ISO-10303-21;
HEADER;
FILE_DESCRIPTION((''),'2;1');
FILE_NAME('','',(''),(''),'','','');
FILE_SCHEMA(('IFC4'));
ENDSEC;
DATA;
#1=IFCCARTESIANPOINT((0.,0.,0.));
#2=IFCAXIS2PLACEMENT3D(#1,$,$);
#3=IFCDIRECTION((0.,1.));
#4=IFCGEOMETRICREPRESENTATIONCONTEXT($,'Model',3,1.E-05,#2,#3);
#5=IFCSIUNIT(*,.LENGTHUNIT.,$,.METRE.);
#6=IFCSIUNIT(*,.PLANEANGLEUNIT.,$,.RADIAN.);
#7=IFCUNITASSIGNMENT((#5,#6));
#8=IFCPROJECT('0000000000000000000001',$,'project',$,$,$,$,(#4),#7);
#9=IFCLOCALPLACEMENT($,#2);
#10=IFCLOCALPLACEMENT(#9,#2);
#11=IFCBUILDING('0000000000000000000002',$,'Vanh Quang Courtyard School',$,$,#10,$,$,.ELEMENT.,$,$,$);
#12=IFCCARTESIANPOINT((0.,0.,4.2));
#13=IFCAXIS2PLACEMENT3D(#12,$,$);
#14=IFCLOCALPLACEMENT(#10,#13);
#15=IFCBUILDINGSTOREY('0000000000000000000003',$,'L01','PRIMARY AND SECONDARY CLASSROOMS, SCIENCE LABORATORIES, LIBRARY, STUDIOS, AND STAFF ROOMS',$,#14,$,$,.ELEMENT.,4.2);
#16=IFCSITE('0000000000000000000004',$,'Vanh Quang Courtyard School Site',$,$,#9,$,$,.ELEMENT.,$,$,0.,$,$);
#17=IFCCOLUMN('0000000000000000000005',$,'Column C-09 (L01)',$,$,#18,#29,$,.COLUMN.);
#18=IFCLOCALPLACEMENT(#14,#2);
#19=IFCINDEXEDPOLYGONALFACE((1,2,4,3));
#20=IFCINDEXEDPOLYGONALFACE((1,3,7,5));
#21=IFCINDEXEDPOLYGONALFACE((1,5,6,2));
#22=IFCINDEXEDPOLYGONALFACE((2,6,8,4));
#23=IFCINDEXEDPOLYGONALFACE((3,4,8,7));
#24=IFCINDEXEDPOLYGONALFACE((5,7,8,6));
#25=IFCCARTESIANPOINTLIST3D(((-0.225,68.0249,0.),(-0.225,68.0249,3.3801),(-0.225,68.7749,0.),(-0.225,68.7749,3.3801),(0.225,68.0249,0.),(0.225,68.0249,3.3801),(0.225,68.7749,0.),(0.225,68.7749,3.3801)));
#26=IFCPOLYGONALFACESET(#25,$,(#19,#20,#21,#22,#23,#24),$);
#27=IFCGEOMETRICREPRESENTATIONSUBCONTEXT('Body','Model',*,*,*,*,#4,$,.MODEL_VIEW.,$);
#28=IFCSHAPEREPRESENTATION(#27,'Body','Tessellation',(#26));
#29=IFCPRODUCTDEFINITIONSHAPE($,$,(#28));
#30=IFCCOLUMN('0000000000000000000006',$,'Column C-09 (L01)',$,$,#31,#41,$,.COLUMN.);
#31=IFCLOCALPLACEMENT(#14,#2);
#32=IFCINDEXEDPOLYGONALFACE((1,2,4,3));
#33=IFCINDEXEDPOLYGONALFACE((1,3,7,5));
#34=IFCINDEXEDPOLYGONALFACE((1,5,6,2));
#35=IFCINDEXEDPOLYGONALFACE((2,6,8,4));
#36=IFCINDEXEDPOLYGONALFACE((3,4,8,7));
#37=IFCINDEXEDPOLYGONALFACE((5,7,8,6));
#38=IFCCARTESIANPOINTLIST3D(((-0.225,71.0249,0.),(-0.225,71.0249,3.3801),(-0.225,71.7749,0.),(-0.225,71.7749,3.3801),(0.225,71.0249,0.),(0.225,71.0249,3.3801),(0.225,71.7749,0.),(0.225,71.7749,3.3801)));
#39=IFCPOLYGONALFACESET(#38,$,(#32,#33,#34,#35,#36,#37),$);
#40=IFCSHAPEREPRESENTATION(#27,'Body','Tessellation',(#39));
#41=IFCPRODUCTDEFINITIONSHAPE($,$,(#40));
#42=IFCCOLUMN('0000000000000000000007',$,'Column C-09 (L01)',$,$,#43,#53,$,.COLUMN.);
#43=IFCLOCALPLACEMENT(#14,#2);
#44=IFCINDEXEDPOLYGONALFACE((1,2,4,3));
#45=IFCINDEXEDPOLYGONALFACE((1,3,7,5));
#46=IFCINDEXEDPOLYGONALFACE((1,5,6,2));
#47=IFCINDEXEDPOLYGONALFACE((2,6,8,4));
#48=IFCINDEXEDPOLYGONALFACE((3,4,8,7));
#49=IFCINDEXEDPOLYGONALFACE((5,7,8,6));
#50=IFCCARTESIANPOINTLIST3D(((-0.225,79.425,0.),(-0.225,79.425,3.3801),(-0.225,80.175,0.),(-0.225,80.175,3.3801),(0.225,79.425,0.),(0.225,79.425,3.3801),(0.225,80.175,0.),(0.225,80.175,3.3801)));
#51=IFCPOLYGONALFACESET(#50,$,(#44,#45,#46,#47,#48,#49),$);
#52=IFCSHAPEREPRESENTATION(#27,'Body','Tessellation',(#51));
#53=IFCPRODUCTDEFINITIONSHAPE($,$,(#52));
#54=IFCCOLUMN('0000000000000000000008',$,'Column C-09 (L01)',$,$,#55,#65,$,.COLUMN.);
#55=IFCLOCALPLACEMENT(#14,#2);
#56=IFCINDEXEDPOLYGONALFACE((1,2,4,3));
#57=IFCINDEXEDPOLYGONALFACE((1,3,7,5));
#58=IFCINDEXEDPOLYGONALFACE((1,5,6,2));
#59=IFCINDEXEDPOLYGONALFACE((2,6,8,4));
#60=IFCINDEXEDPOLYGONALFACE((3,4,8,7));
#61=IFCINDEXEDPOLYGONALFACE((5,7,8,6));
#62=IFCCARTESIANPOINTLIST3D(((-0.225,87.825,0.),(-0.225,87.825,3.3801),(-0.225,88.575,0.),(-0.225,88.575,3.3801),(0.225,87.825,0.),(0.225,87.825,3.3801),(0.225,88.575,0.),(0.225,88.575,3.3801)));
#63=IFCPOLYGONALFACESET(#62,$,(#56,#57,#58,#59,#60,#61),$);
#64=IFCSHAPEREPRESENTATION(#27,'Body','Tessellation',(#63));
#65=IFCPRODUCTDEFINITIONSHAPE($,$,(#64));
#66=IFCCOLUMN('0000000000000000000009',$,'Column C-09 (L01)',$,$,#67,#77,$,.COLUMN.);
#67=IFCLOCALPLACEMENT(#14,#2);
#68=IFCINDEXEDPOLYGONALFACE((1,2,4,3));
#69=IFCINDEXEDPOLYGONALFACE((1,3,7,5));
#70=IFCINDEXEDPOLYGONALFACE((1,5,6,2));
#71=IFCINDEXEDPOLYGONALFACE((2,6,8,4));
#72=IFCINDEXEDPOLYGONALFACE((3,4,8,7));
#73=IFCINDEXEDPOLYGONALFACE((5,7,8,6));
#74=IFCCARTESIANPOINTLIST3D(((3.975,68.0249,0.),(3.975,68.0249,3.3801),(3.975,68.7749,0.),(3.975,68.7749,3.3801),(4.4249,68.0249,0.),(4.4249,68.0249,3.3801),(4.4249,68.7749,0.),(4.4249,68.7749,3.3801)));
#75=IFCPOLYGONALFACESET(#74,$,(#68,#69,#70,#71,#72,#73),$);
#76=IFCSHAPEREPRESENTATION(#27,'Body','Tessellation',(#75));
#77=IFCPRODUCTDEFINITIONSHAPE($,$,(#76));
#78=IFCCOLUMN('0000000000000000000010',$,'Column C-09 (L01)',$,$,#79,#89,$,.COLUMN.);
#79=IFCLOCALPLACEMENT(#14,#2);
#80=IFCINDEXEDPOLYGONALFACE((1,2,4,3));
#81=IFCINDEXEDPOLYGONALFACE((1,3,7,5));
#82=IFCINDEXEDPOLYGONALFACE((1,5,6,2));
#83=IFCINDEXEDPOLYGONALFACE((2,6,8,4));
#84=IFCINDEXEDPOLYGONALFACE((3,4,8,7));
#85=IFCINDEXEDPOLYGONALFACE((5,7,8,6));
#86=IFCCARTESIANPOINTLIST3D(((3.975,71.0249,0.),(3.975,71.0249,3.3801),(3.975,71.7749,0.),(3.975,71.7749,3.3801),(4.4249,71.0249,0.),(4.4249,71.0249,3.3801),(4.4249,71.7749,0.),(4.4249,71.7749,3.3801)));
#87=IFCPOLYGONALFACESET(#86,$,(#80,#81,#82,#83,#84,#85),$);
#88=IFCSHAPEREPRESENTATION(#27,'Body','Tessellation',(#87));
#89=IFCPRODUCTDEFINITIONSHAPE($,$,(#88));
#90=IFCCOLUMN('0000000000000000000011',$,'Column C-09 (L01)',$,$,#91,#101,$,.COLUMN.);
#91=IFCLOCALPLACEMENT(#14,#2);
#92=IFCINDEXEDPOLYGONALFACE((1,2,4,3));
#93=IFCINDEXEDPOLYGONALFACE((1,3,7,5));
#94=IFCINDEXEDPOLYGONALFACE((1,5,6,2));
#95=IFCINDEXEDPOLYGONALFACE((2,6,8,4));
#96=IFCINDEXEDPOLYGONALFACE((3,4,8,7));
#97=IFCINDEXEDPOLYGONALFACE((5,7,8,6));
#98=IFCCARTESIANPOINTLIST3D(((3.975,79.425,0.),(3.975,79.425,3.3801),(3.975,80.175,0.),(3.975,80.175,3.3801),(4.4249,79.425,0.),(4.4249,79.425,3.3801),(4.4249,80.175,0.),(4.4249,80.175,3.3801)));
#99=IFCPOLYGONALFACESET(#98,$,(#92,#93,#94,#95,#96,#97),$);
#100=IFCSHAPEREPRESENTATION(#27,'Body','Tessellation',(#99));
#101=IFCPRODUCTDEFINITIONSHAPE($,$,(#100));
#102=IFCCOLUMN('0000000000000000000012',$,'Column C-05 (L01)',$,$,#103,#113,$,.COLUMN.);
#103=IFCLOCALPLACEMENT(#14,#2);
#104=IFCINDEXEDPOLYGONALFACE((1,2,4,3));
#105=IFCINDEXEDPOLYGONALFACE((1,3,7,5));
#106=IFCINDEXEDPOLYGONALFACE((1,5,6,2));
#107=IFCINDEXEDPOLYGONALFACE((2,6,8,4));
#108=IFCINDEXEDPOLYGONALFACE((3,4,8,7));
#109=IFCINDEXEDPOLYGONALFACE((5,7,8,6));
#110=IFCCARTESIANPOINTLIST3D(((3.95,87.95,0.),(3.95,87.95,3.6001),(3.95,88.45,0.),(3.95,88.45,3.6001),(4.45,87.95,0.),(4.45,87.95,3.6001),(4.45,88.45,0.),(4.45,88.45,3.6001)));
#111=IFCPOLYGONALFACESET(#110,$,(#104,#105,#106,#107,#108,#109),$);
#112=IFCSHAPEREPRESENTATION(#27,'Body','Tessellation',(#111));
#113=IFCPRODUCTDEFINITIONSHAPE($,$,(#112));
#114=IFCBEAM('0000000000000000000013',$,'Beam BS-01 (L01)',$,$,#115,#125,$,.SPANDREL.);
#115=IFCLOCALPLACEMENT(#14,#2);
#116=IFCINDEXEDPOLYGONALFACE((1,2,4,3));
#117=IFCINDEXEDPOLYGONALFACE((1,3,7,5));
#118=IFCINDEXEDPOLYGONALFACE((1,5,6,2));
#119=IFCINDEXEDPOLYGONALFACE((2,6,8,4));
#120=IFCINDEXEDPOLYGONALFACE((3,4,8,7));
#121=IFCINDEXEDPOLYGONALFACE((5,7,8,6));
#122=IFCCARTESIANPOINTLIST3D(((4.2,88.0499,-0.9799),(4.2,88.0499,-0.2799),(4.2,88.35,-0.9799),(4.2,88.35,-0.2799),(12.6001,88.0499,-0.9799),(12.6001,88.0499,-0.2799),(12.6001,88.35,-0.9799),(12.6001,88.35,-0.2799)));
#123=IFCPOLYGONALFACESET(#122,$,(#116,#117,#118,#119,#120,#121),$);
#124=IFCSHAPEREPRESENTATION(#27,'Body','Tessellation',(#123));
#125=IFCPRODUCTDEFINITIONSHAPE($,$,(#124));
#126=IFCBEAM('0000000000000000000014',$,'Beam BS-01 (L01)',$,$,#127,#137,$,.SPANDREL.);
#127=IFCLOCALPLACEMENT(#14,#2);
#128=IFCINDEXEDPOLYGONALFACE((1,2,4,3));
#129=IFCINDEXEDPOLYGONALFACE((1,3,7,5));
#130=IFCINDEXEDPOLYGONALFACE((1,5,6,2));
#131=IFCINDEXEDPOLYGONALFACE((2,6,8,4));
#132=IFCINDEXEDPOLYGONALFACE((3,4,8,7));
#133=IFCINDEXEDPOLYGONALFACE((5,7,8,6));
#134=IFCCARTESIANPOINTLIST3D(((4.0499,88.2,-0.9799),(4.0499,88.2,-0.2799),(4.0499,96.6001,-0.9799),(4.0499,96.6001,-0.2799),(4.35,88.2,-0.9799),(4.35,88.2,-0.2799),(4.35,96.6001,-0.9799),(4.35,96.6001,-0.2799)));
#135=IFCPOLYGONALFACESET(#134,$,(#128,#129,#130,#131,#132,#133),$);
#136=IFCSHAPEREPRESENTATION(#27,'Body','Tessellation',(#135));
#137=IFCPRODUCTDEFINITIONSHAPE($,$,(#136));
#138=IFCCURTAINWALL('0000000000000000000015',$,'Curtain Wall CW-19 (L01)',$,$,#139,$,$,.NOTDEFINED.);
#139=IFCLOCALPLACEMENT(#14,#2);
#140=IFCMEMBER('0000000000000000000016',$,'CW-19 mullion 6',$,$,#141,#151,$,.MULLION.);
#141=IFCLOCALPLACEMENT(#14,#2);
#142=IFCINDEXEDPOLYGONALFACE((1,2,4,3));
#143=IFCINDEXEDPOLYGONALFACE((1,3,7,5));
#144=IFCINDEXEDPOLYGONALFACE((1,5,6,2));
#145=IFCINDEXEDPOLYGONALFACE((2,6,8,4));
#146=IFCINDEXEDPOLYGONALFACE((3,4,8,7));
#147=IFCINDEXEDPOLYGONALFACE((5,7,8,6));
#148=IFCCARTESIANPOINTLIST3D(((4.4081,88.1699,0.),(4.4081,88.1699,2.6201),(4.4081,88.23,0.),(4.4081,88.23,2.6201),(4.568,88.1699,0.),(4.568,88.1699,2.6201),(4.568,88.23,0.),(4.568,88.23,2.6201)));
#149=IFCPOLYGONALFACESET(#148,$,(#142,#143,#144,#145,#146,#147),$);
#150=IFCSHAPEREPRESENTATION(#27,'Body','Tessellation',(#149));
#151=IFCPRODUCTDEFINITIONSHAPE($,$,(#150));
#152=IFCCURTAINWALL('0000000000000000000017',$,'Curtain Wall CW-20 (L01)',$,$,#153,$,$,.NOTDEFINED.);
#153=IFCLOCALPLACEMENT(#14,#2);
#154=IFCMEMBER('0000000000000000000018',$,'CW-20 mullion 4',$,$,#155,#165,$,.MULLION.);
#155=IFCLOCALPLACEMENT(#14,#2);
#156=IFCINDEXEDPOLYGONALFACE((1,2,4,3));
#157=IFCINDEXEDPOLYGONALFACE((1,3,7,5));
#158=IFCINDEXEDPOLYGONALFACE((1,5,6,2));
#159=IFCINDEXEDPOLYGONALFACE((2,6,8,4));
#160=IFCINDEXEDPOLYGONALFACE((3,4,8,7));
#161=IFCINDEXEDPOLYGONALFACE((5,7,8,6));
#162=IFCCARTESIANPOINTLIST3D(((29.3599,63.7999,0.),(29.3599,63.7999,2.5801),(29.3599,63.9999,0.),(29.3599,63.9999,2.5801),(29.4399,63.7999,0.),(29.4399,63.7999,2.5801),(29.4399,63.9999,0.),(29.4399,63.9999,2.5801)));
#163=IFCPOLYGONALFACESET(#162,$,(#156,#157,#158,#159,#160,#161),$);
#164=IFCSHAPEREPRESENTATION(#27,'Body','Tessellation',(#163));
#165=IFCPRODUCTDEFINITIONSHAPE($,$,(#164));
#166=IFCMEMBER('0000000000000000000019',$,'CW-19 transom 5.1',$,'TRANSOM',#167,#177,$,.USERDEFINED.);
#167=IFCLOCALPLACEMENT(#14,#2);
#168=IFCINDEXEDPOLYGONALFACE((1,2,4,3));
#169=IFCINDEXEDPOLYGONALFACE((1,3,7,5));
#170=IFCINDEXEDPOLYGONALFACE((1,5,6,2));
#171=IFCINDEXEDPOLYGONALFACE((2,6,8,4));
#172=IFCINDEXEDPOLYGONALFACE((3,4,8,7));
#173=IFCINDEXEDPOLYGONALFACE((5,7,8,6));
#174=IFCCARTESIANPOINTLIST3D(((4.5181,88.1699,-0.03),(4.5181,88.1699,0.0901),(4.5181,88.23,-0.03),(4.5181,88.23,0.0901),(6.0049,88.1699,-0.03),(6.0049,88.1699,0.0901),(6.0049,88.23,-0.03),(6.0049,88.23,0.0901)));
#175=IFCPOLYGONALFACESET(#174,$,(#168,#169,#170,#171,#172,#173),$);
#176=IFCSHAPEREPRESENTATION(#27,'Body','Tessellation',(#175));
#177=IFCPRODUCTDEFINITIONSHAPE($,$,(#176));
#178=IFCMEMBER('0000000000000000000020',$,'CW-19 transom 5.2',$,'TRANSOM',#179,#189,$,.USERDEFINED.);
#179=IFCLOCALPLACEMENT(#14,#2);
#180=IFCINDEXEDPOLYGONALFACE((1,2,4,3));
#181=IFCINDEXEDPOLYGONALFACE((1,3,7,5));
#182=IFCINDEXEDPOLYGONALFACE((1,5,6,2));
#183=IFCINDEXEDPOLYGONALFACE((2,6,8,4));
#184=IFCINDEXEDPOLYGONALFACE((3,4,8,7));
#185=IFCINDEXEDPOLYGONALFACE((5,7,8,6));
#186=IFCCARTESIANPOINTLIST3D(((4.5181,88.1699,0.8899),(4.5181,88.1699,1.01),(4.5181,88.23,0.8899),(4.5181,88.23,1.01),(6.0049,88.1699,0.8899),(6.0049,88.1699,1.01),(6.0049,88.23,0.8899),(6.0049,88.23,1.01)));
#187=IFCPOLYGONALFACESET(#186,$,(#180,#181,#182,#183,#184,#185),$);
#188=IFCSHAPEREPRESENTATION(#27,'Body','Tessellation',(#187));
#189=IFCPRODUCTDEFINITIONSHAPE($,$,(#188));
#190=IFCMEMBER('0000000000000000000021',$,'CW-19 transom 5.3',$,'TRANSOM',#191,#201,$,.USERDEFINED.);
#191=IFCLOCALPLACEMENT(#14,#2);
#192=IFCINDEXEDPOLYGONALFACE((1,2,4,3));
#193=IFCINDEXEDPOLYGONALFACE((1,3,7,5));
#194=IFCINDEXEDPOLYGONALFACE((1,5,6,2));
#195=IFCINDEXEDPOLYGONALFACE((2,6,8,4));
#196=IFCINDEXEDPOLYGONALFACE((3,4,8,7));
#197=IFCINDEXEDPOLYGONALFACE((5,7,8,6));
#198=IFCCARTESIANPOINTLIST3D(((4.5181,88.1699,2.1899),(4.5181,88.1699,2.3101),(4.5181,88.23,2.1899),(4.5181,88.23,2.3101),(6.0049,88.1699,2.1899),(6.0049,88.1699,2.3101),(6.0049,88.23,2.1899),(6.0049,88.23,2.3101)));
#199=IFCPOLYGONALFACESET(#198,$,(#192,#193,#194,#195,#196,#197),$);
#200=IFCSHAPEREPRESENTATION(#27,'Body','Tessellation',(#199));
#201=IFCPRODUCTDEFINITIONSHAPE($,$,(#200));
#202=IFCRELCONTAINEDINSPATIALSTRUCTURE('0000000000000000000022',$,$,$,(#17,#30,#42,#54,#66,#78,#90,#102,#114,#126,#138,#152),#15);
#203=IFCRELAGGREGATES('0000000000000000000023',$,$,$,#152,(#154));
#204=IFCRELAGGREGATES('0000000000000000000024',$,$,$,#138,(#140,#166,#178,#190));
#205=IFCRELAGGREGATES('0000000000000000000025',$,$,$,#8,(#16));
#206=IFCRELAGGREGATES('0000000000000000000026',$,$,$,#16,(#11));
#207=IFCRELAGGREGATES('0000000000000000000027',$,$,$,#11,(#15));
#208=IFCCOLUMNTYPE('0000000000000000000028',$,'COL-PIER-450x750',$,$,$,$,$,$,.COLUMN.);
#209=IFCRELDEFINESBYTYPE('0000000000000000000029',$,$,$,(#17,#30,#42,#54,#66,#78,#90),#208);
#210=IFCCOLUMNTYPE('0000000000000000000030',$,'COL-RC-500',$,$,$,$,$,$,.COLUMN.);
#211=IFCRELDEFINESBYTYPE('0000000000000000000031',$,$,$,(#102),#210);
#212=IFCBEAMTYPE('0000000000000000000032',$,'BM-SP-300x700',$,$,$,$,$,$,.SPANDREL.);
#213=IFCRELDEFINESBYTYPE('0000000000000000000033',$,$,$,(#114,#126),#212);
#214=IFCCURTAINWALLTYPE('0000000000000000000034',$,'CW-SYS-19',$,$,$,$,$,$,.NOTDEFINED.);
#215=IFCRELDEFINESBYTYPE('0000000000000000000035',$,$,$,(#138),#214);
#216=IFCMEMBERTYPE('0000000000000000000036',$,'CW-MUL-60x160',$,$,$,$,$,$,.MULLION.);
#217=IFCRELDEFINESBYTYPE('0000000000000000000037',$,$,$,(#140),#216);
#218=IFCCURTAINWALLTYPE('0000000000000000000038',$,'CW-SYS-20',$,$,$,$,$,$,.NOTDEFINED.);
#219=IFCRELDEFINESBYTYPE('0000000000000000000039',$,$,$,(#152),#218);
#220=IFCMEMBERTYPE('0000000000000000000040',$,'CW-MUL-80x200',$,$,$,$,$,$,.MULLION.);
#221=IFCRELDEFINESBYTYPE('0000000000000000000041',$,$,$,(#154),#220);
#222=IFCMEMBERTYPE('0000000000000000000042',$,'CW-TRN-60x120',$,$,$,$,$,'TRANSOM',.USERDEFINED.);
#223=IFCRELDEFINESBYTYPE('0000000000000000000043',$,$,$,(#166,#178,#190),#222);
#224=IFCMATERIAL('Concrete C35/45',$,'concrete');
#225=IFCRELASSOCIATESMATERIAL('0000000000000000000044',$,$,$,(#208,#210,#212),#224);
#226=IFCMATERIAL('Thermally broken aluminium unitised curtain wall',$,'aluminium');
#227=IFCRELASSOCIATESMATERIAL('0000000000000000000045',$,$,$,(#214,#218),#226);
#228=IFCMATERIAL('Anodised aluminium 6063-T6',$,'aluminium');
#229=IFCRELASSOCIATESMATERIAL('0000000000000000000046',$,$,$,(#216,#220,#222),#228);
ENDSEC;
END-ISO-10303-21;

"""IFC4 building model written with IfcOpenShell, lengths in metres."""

from ifc_helpers import new_model, si_unit, direction, frame, origin, origin_2d, place, context, subcontext, project, spatial, rectangle, extrude, material, material_profile, profile_set, type_object, element, aggregate, save


model = new_model("IFC4")

# Units and contexts
model_context = context("Model", 3, precision=1e-05, world=origin(), true_north=direction((0.0, 1.0)))
body_context = subcontext(model_context, "Body", "Model", "MODEL_VIEW")
ifc_project = project(units=[si_unit("LENGTHUNIT", "METRE"), si_unit("PLANEANGLEUNIT", "RADIAN")], contexts=[model_context])

# Site, building, storey
site_placement = place(None, origin())
site = spatial("IfcSite", under=ifc_project, at=site_placement, Name="Vanh Quang Courtyard School Site", CompositionType="ELEMENT", RefElevation=0.0)
building_placement = place(site_placement, origin())
building = spatial("IfcBuilding", under=site, at=building_placement, Name="Vanh Quang Courtyard School", CompositionType="ELEMENT")
storey_placement = place(building_placement, frame((0.0, 0.0, 4.2)))
storey = spatial("IfcBuildingStorey", under=building, at=storey_placement, Name="L01", Description="PRIMARY AND SECONDARY CLASSROOMS, SCIENCE LABORATORIES, LIBRARY, STUDIOS, AND STAFF ROOMS", CompositionType="ELEMENT", Elevation=4.2)

# Columns
ifc_material_1 = material(Name="Concrete C35/45", Category="concrete")
ifc_material_profile_1 = material_profile(ifc_material_1, rectangle(XDim=0.45, YDim=0.75, at=origin_2d()), Name="RC-PIER 450x750")
ifc_profile_set_1 = profile_set([ifc_material_profile_1], Name="Concrete C35/45")
column_type_1 = type_object("IfcColumnType", Name="COL-PIER-450x750", PredefinedType="COLUMN", material=ifc_profile_set_1)
for number, where, z_axis, x_axis, name in (
    (1, (0.0, 68.3999, 0.0), (0.0, 0.0, 1.0), (1.0, 0.0, 0.0), "Column C-09 (L01)"),
    (2, (0.0, 71.3999, 0.0), (0.0, 0.0, 1.0), (1.0, 0.0, 0.0), "Column C-09 (L01)"),
    (3, (0.0, 79.8, 0.0), (0.0, 0.0, 1.0), (1.0, 0.0, 0.0), "Column C-09 (L01)"),
    (4, (0.0, 88.2, 0.0), (0.0, 0.0, 1.0), (1.0, 0.0, 0.0), "Column C-09 (L01)"),
    (5, (4.2, 68.3999, 0.0), (0.0, 0.0, 1.0), (1.0, 0.0, 0.0), "Column C-09 (L01)"),
    (6, (4.2, 71.3999, 0.0), (0.0, 0.0, 1.0), (1.0, 0.0, 0.0), "Column C-09 (L01)"),
    (7, (4.2, 79.8, 0.0), (0.0, 0.0, 1.0), (1.0, 0.0, 0.0), "Column C-09 (L01)"),
):
    element("IfcColumn", number, at=place(storey_placement, frame(where, z_axis=z_axis, x_axis=x_axis)), inside=storey, type_object=column_type_1, Name=name, PredefinedType="COLUMN", context=body_context, shape_type="SweptSolid", body=[
        extrude(rectangle(XDim=0.45, YDim=0.75, at=origin_2d()), origin(), (0.0, 0.0, 1.0), 3.3801),
    ])
ifc_material_profile_2 = material_profile(ifc_material_1, rectangle(XDim=0.5, YDim=0.5, at=origin_2d()), Name="RC-COL 500x500")
ifc_profile_set_2 = profile_set([ifc_material_profile_2], Name="Concrete C35/45")
column_type_2 = type_object("IfcColumnType", Name="COL-RC-500", PredefinedType="COLUMN", material=ifc_profile_set_2)
column_placement = place(storey_placement, frame((4.2, 88.2, 0.0), z_axis=(0.0, 0.0, 1.0), x_axis=(1.0, 0.0, 0.0)))
element("IfcColumn", 8, at=column_placement, inside=storey, type_object=column_type_2, Name="Column C-05 (L01)", PredefinedType="COLUMN", context=body_context, shape_type="SweptSolid", body=[
    extrude(rectangle(XDim=0.5, YDim=0.5, at=origin_2d()), origin(), (0.0, 0.0, 1.0), 3.6001),
])

# Beams
ifc_material_profile_3 = material_profile(ifc_material_1, rectangle(XDim=0.3, YDim=0.7, at=origin_2d()), Name="RC-SP 300x700")
ifc_profile_set_3 = profile_set([ifc_material_profile_3], Name="Concrete C35/45")
beam_type = type_object("IfcBeamType", Name="BM-SP-300x700", PredefinedType="SPANDREL", material=ifc_profile_set_3)
for number, where, z_axis, x_axis, name in (
    (9, (4.2, 88.2, -0.6299), (1.0, 0.0, 0.0), (0.0, 1.0, 0.0), "Beam BS-01 (L01)"),
    (10, (4.2, 88.2, -0.6299), (0.0, 1.0, 0.0), (-1.0, 0.0, 0.0), "Beam BS-01 (L01)"),
):
    element("IfcBeam", number, at=place(storey_placement, frame(where, z_axis=z_axis, x_axis=x_axis)), inside=storey, type_object=beam_type, Name=name, PredefinedType="SPANDREL", context=body_context, shape_type="SweptSolid", body=[
        extrude(rectangle(XDim=0.3, YDim=0.7, at=origin_2d()), origin(), (0.0, 0.0, 1.0), 8.4001),
    ])

# Curtain walls, members
ifc_material_2 = material(Name="Thermally broken aluminium unitised curtain wall", Category="aluminium")
curtain_wall_type_1 = type_object("IfcCurtainWallType", Name="CW-SYS-19", PredefinedType="NOTDEFINED", material=ifc_material_2)
curtain_wall_1_placement = place(storey_placement, origin())
curtain_wall_1 = element("IfcCurtainWall", 11, at=curtain_wall_1_placement, inside=storey, type_object=curtain_wall_type_1, Name="Curtain Wall CW-19 (L01)", PredefinedType="NOTDEFINED")
ifc_material_3 = material(Name="Anodised aluminium 6063-T6", Category="aluminium")
ifc_material_profile_4 = material_profile(ifc_material_3, rectangle(XDim=0.0601, YDim=0.1599, at=origin_2d()), Name="ALU-MUL 60x160")
ifc_profile_set_4 = profile_set([ifc_material_profile_4], Name="Anodised aluminium 6063-T6")
member_type_1 = type_object("IfcMemberType", Name="CW-MUL-60x160", PredefinedType="MULLION", material=ifc_profile_set_4)
member_1_placement = place(storey_placement, frame((4.488, 88.2, 0.0), z_axis=(0.0, 0.0, 1.0), x_axis=(0.0, -1.0, 0.0)))
member_1 = element("IfcMember", 12, at=member_1_placement, type_object=member_type_1, Name="CW-19 mullion 6", PredefinedType="MULLION", context=body_context, shape_type="SweptSolid", body=[
    extrude(rectangle(XDim=0.0601, YDim=0.1599, at=origin_2d()), origin(), (0.0, 0.0, 1.0), 2.6201),
])
curtain_wall_type_2 = type_object("IfcCurtainWallType", Name="CW-SYS-20", PredefinedType="NOTDEFINED", material=ifc_material_2)
curtain_wall_2_placement = place(storey_placement, origin())
curtain_wall_2 = element("IfcCurtainWall", 13, at=curtain_wall_2_placement, inside=storey, type_object=curtain_wall_type_2, Name="Curtain Wall CW-20 (L01)", PredefinedType="NOTDEFINED")
ifc_material_profile_5 = material_profile(ifc_material_3, rectangle(XDim=0.0801, YDim=0.2, at=origin_2d()), Name="ALU-MUL 80x200")
ifc_profile_set_5 = profile_set([ifc_material_profile_5], Name="Anodised aluminium 6063-T6")
member_type_2 = type_object("IfcMemberType", Name="CW-MUL-80x200", PredefinedType="MULLION", material=ifc_profile_set_5)
member_2_placement = place(storey_placement, frame((29.3999, 63.8999, 0.0), z_axis=(0.0, 0.0, 1.0), x_axis=(-1.0, 0.0, 0.0)))
member_2 = element("IfcMember", 14, at=member_2_placement, type_object=member_type_2, Name="CW-20 mullion 4", PredefinedType="MULLION", context=body_context, shape_type="SweptSolid", body=[
    extrude(rectangle(XDim=0.0801, YDim=0.2, at=origin_2d()), origin(), (0.0, 0.0, 1.0), 2.5801),
])

# Members
ifc_material_profile_6 = material_profile(ifc_material_3, rectangle(XDim=0.0601, YDim=0.1201, at=origin_2d()), Name="ALU-TRN 60x120")
ifc_profile_set_6 = profile_set([ifc_material_profile_6], Name="Anodised aluminium 6063-T6")
member_type_3 = type_object("IfcMemberType", Name="CW-TRN-60x120", ElementType="TRANSOM", PredefinedType="USERDEFINED", material=ifc_profile_set_6)
member_3_placement = place(storey_placement, frame((6.0049, 88.2, 0.03), z_axis=(-1.0, 0.0, 0.0), x_axis=(0.0, -1.0, 0.0)))
member_3 = element("IfcMember", 15, at=member_3_placement, type_object=member_type_3, Name="CW-19 transom 5.1", ObjectType="TRANSOM", PredefinedType="USERDEFINED", context=body_context, shape_type="SweptSolid", body=[
    extrude(rectangle(XDim=0.0601, YDim=0.1201, at=origin_2d()), origin(), (0.0, 0.0, 1.0), 1.4868),
])
member_4_placement = place(storey_placement, frame((6.0049, 88.2, 0.95), z_axis=(-1.0, 0.0, 0.0), x_axis=(0.0, -1.0, 0.0)))
member_4 = element("IfcMember", 16, at=member_4_placement, type_object=member_type_3, Name="CW-19 transom 5.2", ObjectType="TRANSOM", PredefinedType="USERDEFINED", context=body_context, shape_type="SweptSolid", body=[
    extrude(rectangle(XDim=0.0601, YDim=0.1201, at=origin_2d()), origin(), (0.0, 0.0, 1.0), 1.4868),
])
member_5_placement = place(storey_placement, frame((6.0049, 88.2, 2.25), z_axis=(-1.0, 0.0, 0.0), x_axis=(0.0, -1.0, 0.0)))
member_5 = element("IfcMember", 17, at=member_5_placement, type_object=member_type_3, Name="CW-19 transom 5.3", ObjectType="TRANSOM", PredefinedType="USERDEFINED", context=body_context, shape_type="SweptSolid", body=[
    extrude(rectangle(XDim=0.0601, YDim=0.1201, at=origin_2d()), origin(), (0.0, 0.0, 1.0), 1.4868),
])

aggregate(curtain_wall_2, [member_2])
aggregate(curtain_wall_1, [member_1, member_3, member_4, member_5])

save(model, "model.ifc")
